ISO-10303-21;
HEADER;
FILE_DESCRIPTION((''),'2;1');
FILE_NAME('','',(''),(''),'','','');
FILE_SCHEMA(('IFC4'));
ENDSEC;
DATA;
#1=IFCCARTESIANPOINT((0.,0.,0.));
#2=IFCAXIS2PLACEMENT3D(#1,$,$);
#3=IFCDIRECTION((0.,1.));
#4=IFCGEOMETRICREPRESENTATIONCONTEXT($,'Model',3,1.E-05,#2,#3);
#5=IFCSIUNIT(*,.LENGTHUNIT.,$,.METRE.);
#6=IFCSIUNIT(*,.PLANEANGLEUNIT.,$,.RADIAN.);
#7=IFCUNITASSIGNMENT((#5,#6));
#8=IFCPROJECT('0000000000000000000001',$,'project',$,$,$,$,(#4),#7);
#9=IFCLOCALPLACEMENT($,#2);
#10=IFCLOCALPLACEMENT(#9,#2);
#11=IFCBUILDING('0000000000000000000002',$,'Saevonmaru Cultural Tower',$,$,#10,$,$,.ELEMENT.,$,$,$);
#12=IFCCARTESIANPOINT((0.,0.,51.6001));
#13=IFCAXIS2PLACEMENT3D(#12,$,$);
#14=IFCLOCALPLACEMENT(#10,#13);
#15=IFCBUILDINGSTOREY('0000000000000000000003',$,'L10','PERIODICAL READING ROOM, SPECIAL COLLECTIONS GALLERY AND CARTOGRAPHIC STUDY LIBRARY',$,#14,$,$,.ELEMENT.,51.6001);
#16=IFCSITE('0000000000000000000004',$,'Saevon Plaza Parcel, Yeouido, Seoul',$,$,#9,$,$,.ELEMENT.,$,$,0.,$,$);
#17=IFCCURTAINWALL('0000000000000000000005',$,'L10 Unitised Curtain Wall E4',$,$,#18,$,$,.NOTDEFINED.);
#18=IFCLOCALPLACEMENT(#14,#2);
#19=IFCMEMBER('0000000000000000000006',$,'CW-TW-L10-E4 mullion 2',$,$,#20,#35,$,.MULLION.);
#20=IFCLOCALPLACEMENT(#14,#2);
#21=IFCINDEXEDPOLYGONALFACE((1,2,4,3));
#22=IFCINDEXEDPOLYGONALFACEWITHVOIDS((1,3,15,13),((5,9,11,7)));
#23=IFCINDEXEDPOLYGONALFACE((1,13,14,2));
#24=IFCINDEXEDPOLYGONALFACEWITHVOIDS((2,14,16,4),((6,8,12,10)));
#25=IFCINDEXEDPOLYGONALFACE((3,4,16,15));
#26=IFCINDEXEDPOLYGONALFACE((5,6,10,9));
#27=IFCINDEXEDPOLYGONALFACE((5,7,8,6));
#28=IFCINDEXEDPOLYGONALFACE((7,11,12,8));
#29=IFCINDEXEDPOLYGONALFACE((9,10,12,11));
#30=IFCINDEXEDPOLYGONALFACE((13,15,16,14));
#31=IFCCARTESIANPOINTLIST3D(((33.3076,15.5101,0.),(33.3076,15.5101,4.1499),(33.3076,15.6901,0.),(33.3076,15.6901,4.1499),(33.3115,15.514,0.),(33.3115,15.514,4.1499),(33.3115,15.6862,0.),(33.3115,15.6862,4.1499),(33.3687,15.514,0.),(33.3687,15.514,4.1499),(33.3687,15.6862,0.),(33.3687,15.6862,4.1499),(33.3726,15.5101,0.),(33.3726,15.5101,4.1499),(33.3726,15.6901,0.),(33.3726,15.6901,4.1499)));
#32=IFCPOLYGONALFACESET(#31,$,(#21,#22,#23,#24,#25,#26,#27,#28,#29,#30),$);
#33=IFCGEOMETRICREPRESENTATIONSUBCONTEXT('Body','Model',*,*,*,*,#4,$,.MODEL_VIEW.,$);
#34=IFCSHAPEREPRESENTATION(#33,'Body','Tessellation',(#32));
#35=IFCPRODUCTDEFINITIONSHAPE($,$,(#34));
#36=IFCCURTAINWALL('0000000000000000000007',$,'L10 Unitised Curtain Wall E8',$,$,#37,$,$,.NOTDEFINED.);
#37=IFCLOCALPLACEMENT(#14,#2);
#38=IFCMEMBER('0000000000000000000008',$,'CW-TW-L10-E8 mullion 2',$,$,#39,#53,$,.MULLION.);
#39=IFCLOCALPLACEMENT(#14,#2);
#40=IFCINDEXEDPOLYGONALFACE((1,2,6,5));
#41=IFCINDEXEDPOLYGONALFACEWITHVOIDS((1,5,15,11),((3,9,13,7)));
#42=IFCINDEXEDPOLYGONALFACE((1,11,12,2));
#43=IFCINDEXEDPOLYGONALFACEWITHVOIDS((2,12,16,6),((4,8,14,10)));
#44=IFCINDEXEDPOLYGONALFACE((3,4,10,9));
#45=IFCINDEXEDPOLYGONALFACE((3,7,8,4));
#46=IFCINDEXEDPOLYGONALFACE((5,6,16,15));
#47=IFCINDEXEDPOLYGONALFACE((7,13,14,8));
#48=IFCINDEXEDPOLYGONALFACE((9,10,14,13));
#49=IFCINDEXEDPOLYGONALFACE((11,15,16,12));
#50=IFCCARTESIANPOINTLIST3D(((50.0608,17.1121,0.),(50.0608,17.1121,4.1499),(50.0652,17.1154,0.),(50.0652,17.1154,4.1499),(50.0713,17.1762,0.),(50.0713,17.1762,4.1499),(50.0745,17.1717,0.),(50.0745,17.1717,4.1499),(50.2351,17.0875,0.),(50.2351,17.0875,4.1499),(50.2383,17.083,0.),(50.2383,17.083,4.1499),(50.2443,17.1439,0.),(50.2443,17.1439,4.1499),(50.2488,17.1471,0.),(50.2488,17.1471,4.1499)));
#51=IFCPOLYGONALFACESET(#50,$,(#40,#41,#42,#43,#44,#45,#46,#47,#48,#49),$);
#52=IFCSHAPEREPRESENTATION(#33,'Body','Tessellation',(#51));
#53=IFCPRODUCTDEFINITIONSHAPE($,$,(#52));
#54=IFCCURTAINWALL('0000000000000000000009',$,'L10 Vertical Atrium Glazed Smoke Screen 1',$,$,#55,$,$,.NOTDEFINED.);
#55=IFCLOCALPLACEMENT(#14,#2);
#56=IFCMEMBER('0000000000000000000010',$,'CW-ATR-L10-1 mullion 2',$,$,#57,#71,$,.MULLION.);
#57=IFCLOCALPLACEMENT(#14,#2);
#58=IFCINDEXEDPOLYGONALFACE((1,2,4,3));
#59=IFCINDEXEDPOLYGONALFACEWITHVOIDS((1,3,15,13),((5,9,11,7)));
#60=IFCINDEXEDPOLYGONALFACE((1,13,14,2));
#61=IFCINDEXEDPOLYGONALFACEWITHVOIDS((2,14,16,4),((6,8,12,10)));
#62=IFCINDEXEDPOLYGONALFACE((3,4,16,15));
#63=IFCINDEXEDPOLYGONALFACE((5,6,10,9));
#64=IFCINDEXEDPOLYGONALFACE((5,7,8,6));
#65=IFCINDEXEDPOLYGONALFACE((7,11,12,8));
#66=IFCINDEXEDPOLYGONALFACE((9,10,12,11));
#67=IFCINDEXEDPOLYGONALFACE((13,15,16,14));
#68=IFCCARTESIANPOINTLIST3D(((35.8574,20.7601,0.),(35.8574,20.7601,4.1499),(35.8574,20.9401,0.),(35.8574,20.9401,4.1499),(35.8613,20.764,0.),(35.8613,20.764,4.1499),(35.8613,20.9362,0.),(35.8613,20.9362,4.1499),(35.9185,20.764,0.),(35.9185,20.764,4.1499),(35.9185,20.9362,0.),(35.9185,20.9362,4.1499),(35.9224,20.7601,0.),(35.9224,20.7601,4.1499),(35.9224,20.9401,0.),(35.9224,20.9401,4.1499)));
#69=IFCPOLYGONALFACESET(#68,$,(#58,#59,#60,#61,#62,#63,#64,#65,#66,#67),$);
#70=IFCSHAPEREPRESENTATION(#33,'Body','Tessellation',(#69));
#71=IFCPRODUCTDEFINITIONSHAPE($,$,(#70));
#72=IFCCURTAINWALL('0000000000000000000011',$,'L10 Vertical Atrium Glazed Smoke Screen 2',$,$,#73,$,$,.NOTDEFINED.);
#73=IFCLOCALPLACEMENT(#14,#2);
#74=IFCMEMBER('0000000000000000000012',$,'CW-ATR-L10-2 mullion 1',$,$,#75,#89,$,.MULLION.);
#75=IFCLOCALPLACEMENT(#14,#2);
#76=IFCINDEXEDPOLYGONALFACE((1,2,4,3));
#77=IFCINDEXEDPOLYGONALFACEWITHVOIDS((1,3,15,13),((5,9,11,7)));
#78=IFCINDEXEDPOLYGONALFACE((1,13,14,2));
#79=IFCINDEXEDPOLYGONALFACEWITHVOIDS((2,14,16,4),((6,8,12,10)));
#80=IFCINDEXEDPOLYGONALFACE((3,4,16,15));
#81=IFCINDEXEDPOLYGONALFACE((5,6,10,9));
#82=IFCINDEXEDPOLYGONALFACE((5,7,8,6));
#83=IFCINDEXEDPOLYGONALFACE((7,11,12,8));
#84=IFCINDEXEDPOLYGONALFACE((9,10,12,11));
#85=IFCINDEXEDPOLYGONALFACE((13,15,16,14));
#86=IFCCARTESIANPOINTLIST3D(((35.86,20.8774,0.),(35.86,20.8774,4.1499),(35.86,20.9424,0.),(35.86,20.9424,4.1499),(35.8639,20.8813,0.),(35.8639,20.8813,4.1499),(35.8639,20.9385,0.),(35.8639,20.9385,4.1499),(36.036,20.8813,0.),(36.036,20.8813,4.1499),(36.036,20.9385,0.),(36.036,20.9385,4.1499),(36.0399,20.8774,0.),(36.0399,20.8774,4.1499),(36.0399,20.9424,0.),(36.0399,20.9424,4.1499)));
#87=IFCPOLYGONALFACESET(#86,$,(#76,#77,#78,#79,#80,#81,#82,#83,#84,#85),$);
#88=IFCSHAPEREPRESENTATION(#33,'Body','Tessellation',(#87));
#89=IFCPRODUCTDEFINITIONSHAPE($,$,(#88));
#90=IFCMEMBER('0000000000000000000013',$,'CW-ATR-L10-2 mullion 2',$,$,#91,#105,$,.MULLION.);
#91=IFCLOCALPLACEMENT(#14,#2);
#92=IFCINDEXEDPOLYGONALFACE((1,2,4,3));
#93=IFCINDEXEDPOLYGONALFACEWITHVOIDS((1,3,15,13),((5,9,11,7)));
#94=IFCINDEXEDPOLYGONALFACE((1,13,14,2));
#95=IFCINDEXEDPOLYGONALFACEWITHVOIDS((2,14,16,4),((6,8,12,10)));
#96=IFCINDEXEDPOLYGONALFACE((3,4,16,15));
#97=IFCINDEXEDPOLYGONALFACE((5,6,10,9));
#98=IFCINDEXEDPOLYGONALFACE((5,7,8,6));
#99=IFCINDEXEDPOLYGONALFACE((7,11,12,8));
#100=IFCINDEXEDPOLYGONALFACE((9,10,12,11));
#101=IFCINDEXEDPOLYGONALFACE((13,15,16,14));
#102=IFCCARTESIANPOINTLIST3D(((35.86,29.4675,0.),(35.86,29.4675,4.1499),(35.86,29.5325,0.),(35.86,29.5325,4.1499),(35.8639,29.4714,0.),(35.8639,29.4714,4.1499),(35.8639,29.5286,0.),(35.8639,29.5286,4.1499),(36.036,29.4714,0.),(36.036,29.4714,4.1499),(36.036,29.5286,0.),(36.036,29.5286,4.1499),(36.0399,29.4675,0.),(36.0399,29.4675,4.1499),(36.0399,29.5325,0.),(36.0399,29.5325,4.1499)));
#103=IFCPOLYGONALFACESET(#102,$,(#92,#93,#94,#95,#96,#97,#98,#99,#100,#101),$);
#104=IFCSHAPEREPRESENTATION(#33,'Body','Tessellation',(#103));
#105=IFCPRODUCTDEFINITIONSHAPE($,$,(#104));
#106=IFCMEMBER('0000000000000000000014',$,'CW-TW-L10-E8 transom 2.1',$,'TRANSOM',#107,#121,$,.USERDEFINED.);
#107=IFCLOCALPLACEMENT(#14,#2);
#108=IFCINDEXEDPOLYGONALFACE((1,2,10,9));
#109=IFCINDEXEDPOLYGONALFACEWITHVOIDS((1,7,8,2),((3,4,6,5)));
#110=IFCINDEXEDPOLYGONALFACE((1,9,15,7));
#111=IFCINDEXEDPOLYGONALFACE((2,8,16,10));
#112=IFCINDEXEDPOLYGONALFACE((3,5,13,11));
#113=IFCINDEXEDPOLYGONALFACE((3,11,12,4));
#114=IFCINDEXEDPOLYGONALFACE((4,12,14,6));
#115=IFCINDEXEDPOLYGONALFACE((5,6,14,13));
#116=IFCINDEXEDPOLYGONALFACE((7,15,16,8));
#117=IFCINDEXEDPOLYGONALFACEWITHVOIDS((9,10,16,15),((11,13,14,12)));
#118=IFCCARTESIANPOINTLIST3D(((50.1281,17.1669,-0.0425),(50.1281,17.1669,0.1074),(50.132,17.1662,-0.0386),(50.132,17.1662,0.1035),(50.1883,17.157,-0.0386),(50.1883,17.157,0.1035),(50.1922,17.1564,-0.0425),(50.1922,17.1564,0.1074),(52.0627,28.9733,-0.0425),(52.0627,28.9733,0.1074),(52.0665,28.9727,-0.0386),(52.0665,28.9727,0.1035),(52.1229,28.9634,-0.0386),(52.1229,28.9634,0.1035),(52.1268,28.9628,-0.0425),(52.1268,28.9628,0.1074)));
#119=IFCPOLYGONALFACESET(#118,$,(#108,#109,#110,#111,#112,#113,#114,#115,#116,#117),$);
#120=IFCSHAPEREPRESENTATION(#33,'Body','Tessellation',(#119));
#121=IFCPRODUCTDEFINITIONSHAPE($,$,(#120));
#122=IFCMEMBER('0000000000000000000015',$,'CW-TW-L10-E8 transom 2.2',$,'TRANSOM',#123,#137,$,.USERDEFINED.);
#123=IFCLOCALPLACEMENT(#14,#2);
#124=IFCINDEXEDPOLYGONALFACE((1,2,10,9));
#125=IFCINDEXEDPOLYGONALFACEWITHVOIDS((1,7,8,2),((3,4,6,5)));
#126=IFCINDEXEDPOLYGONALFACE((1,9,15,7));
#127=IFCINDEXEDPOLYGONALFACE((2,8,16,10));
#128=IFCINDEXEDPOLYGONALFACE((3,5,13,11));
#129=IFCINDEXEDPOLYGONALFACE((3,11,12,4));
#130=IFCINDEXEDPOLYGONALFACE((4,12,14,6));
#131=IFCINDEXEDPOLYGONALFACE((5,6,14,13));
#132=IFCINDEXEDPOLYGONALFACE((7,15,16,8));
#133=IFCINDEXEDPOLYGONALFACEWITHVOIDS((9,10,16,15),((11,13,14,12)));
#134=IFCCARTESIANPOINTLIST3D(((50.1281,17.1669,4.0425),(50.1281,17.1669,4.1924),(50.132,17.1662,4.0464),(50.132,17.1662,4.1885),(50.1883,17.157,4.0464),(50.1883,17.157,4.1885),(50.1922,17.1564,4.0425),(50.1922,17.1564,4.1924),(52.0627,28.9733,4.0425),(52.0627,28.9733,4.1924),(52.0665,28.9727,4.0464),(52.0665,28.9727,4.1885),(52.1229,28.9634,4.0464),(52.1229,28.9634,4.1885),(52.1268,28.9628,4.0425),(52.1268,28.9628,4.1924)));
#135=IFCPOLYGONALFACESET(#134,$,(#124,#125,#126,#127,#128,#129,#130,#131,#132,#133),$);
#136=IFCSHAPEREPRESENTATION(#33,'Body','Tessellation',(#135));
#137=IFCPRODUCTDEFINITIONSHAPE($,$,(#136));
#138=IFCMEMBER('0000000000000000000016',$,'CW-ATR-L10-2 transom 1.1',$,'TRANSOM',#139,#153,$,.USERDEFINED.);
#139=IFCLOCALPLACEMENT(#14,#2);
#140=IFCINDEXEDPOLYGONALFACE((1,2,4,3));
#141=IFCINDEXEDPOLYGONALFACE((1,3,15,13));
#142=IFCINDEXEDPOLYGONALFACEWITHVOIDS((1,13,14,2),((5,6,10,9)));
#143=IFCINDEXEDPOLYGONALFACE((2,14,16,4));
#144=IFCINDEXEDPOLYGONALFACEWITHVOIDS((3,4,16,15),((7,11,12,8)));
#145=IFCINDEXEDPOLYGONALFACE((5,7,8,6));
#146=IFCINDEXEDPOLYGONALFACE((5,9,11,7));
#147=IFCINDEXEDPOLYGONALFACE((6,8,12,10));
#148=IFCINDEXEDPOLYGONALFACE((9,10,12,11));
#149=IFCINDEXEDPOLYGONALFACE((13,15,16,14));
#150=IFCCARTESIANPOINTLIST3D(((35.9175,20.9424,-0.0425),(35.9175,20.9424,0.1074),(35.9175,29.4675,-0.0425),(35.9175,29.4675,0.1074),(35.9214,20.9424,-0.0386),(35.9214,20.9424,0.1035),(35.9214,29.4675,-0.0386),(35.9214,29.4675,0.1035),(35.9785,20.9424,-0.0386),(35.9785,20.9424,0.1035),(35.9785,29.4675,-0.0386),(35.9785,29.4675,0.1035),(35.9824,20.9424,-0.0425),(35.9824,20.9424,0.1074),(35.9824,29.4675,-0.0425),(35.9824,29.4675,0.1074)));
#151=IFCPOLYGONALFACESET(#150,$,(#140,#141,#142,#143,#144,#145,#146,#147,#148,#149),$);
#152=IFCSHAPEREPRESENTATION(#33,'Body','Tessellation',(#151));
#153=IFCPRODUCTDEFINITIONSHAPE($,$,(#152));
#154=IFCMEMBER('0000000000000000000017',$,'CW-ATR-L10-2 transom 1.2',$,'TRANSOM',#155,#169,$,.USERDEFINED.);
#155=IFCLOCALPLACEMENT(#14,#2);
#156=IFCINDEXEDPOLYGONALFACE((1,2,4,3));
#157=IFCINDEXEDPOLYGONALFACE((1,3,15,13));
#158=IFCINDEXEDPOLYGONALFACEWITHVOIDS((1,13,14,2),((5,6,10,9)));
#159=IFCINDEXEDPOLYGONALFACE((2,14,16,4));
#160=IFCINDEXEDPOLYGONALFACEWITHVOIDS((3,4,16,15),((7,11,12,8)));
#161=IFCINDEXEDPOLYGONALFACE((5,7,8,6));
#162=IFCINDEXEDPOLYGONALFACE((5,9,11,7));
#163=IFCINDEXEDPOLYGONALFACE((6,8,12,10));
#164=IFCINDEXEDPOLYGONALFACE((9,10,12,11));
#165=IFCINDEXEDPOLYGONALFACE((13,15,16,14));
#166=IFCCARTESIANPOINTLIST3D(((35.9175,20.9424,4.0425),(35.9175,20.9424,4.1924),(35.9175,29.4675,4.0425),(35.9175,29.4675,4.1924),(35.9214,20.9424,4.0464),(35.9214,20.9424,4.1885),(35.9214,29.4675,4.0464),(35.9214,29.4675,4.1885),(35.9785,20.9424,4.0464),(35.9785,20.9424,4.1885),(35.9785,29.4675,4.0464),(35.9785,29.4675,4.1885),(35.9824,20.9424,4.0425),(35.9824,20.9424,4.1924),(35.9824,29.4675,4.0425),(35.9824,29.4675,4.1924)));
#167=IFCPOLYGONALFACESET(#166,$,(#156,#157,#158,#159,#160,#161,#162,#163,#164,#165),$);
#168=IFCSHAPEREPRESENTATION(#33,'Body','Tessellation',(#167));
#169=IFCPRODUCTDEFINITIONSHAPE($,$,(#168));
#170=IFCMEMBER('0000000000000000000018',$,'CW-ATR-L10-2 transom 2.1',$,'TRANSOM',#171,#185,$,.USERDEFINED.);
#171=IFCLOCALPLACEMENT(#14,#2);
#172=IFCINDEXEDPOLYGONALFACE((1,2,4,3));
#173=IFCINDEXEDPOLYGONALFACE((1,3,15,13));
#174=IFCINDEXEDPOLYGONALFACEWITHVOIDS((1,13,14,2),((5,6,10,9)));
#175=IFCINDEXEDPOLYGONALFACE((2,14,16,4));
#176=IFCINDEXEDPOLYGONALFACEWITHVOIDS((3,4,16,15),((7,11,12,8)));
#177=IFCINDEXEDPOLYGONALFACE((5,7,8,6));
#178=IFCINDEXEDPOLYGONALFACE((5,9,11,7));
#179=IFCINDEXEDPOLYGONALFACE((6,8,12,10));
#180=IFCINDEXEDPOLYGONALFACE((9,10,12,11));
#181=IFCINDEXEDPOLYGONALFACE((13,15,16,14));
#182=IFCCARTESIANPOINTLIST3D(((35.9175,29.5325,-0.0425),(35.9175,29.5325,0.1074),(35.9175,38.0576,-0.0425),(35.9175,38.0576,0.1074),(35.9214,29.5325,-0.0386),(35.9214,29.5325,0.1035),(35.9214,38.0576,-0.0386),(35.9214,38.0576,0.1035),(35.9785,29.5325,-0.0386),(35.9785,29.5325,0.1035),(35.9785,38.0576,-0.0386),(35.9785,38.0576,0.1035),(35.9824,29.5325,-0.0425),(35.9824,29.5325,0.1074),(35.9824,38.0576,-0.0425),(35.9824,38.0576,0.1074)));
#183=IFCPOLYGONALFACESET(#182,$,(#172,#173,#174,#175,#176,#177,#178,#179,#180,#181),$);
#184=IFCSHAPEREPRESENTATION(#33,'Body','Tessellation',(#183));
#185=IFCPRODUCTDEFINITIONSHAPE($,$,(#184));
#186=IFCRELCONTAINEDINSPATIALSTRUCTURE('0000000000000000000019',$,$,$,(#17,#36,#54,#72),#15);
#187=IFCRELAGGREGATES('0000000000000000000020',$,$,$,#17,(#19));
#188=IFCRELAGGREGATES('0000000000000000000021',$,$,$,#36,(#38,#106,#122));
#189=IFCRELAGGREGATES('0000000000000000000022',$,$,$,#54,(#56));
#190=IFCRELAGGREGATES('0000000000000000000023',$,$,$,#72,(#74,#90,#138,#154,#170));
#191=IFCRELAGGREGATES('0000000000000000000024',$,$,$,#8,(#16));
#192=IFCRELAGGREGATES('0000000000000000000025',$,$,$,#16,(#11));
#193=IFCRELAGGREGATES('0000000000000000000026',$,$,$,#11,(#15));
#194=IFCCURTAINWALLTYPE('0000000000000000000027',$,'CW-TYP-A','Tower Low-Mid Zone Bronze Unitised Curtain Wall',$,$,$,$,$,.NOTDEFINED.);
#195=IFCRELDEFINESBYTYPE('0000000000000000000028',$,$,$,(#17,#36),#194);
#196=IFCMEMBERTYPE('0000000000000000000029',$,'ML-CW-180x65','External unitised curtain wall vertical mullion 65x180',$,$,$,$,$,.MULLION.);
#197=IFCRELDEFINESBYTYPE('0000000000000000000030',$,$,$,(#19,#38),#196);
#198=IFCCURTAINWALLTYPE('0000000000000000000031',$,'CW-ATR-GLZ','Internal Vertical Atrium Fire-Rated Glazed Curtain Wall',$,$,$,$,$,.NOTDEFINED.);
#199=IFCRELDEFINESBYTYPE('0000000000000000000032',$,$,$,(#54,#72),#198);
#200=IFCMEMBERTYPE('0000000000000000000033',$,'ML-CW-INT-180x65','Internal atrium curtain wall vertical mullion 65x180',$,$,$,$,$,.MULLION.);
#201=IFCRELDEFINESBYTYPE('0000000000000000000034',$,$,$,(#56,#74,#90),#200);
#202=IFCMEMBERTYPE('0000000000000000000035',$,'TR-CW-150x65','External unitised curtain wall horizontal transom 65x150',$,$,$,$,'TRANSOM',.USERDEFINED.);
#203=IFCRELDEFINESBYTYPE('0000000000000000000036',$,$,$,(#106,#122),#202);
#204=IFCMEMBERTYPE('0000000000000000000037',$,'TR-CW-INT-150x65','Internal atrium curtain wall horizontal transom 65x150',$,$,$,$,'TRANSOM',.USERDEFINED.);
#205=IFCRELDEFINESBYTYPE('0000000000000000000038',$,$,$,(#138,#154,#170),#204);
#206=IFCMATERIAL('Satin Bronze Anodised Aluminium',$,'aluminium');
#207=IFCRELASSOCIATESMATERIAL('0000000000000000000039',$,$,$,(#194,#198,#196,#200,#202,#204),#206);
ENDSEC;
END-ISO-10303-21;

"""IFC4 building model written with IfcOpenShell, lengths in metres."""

from ifc_helpers import new_model, si_unit, direction, frame, origin, origin_2d, place, context, subcontext, project, spatial, hollow_rectangle, extrude, material, material_profile, profile_set, type_object, element, aggregate, save


model = new_model("IFC4")

# Units and contexts
model_context = context("Model", 3, precision=1e-05, world=origin(), true_north=direction((0.0, 1.0)))
body_context = subcontext(model_context, "Body", "Model", "MODEL_VIEW")
ifc_project = project(units=[si_unit("LENGTHUNIT", "METRE"), si_unit("PLANEANGLEUNIT", "RADIAN")], contexts=[model_context])

# Site, building, storey
site_placement = place(None, origin())
site = spatial("IfcSite", under=ifc_project, at=site_placement, Name="Saevon Plaza Parcel, Yeouido, Seoul", CompositionType="ELEMENT", RefElevation=0.0)
building_placement = place(site_placement, origin())
building = spatial("IfcBuilding", under=site, at=building_placement, Name="Saevonmaru Cultural Tower", CompositionType="ELEMENT")
storey_placement = place(building_placement, frame((0.0, 0.0, 51.6001)))
storey = spatial("IfcBuildingStorey", under=building, at=storey_placement, Name="L10", Description="PERIODICAL READING ROOM, SPECIAL COLLECTIONS GALLERY AND CARTOGRAPHIC STUDY LIBRARY", CompositionType="ELEMENT", Elevation=51.6001)

# Curtain walls, members
ifc_material_1 = material(Name="Satin Bronze Anodised Aluminium", Category="aluminium")
curtain_wall_type_1 = type_object("IfcCurtainWallType", Name="CW-TYP-A", Description="Tower Low-Mid Zone Bronze Unitised Curtain Wall", PredefinedType="NOTDEFINED", material=ifc_material_1)
curtain_wall_1_placement = place(storey_placement, origin())
curtain_wall_1 = element("IfcCurtainWall", 1, at=curtain_wall_1_placement, inside=storey, type_object=curtain_wall_type_1, Name="L10 Unitised Curtain Wall E4", PredefinedType="NOTDEFINED")
ifc_material_profile_1 = material_profile(ifc_material_1, hollow_rectangle(XDim=0.0649, YDim=0.1799, WallThickness=0.0039, at=origin_2d()), Name="ALU-MULL-180x65x4")
ifc_profile_set_1 = profile_set([ifc_material_profile_1], Name="Satin Bronze Anodised Aluminium")
member_type_1 = type_object("IfcMemberType", Name="ML-CW-180x65", Description="External unitised curtain wall vertical mullion 65x180", PredefinedType="MULLION", material=ifc_profile_set_1)
member_1_placement = place(storey_placement, frame((33.3401, 15.6001, 0.0), z_axis=(0.0, 0.0, 1.0), x_axis=(1.0, 0.0, 0.0)))
member_1 = element("IfcMember", 2, at=member_1_placement, type_object=member_type_1, Name="CW-TW-L10-E4 mullion 2", PredefinedType="MULLION", context=body_context, shape_type="SweptSolid", body=[
    extrude(hollow_rectangle(XDim=0.0649, YDim=0.1799, WallThickness=0.0039, at=origin_2d()), origin(), (0.0, 0.0, 1.0), 4.1499),
])
aggregate(curtain_wall_1, [member_1])
curtain_wall_2_placement = place(storey_placement, origin())
curtain_wall_2 = element("IfcCurtainWall", 3, at=curtain_wall_2_placement, inside=storey, type_object=curtain_wall_type_1, Name="L10 Unitised Curtain Wall E8", PredefinedType="NOTDEFINED")
member_2_placement = place(storey_placement, frame((50.1548, 17.1296, 0.0), z_axis=(0.0, 0.0, 1.0), x_axis=(0.161709, 0.986839, 0.0)))
member_2 = element("IfcMember", 4, at=member_2_placement, type_object=member_type_1, Name="CW-TW-L10-E8 mullion 2", PredefinedType="MULLION", context=body_context, shape_type="SweptSolid", body=[
    extrude(hollow_rectangle(XDim=0.0649, YDim=0.1799, WallThickness=0.0039, at=origin_2d()), origin(), (0.0, 0.0, 1.0), 4.1499),
])
curtain_wall_type_2 = type_object("IfcCurtainWallType", Name="CW-ATR-GLZ", Description="Internal Vertical Atrium Fire-Rated Glazed Curtain Wall", PredefinedType="NOTDEFINED", material=ifc_material_1)
curtain_wall_3_placement = place(storey_placement, origin())
curtain_wall_3 = element("IfcCurtainWall", 5, at=curtain_wall_3_placement, inside=storey, type_object=curtain_wall_type_2, Name="L10 Vertical Atrium Glazed Smoke Screen 1", PredefinedType="NOTDEFINED")
ifc_material_profile_2 = material_profile(ifc_material_1, hollow_rectangle(XDim=0.0649, YDim=0.1799, WallThickness=0.0039, at=origin_2d()), Name="ALU-MULL-180x65x4")
ifc_profile_set_2 = profile_set([ifc_material_profile_2], Name="Satin Bronze Anodised Aluminium")
member_type_2 = type_object("IfcMemberType", Name="ML-CW-INT-180x65", Description="Internal atrium curtain wall vertical mullion 65x180", PredefinedType="MULLION", material=ifc_profile_set_2)
member_3_placement = place(storey_placement, frame((35.8899, 20.8501, 0.0), z_axis=(0.0, 0.0, 1.0), x_axis=(1.0, 0.0, 0.0)))
member_3 = element("IfcMember", 6, at=member_3_placement, type_object=member_type_2, Name="CW-ATR-L10-1 mullion 2", PredefinedType="MULLION", context=body_context, shape_type="SweptSolid", body=[
    extrude(hollow_rectangle(XDim=0.0649, YDim=0.1799, WallThickness=0.0039, at=origin_2d()), origin(), (0.0, 0.0, 1.0), 4.1499),
])

# Curtain wall, members
curtain_wall_4_placement = place(storey_placement, origin())
curtain_wall_4 = element("IfcCurtainWall", 7, at=curtain_wall_4_placement, inside=storey, type_object=curtain_wall_type_2, Name="L10 Vertical Atrium Glazed Smoke Screen 2", PredefinedType="NOTDEFINED")
member_4_placement = place(storey_placement, frame((35.95, 20.9099, 0.0), z_axis=(0.0, 0.0, 1.0), x_axis=(0.0, 1.0, 0.0)))
member_4 = element("IfcMember", 8, at=member_4_placement, type_object=member_type_2, Name="CW-ATR-L10-2 mullion 1", PredefinedType="MULLION", context=body_context, shape_type="SweptSolid", body=[
    extrude(hollow_rectangle(XDim=0.0649, YDim=0.1799, WallThickness=0.0039, at=origin_2d()), origin(), (0.0, 0.0, 1.0), 4.1499),
])
member_5_placement = place(storey_placement, frame((35.95, 29.5, 0.0), z_axis=(0.0, 0.0, 1.0), x_axis=(0.0, 1.0, 0.0)))
member_5 = element("IfcMember", 9, at=member_5_placement, type_object=member_type_2, Name="CW-ATR-L10-2 mullion 2", PredefinedType="MULLION", context=body_context, shape_type="SweptSolid", body=[
    extrude(hollow_rectangle(XDim=0.0649, YDim=0.1799, WallThickness=0.0039, at=origin_2d()), origin(), (0.0, 0.0, 1.0), 4.1499),
])

# Members
ifc_material_profile_3 = material_profile(ifc_material_1, hollow_rectangle(XDim=0.0649, YDim=0.1499, WallThickness=0.0039, at=origin_2d()), Name="ALU-TRAN-150x65x4")
ifc_profile_set_3 = profile_set([ifc_material_profile_3], Name="Satin Bronze Anodised Aluminium")
member_type_3 = type_object("IfcMemberType", Name="TR-CW-150x65", Description="External unitised curtain wall horizontal transom 65x150", ElementType="TRANSOM", PredefinedType="USERDEFINED", material=ifc_profile_set_3)
member_6_placement = place(storey_placement, frame((50.1602, 17.1616, 0.0325), z_axis=(0.161701, 0.98684, 0.0), x_axis=(-0.98684, 0.161701, 0.0)))
member_6 = element("IfcMember", 10, at=member_6_placement, type_object=member_type_3, Name="CW-TW-L10-E8 transom 2.1", ObjectType="TRANSOM", PredefinedType="USERDEFINED", context=body_context, shape_type="SweptSolid", body=[
    extrude(hollow_rectangle(XDim=0.0649, YDim=0.1499, WallThickness=0.0039, at=origin_2d()), origin(), (0.0, 0.0, 1.0), 11.9639),
])
member_7_placement = place(storey_placement, frame((50.1602, 17.1616, 4.1174), z_axis=(0.161701, 0.98684, 0.0), x_axis=(-0.98684, 0.161701, 0.0)))
member_7 = element("IfcMember", 11, at=member_7_placement, type_object=member_type_3, Name="CW-TW-L10-E8 transom 2.2", ObjectType="TRANSOM", PredefinedType="USERDEFINED", context=body_context, shape_type="SweptSolid", body=[
    extrude(hollow_rectangle(XDim=0.0649, YDim=0.1499, WallThickness=0.0039, at=origin_2d()), origin(), (0.0, 0.0, 1.0), 11.9639),
])
aggregate(curtain_wall_2, [member_2, member_6, member_7])
ifc_material_profile_4 = material_profile(ifc_material_1, hollow_rectangle(XDim=0.0649, YDim=0.1499, WallThickness=0.0039, at=origin_2d()), Name="ALU-TRAN-150x65x4")
ifc_profile_set_4 = profile_set([ifc_material_profile_4], Name="Satin Bronze Anodised Aluminium")
member_type_4 = type_object("IfcMemberType", Name="TR-CW-INT-150x65", Description="Internal atrium curtain wall horizontal transom 65x150", ElementType="TRANSOM", PredefinedType="USERDEFINED", material=ifc_profile_set_4)
member_8_placement = place(storey_placement, frame((35.95, 20.9424, 0.0325), z_axis=(0.0, 1.0, 0.0), x_axis=(-1.0, 0.0, 0.0)))
member_8 = element("IfcMember", 12, at=member_8_placement, type_object=member_type_4, Name="CW-ATR-L10-2 transom 1.1", ObjectType="TRANSOM", PredefinedType="USERDEFINED", context=body_context, shape_type="SweptSolid", body=[
    extrude(hollow_rectangle(XDim=0.0649, YDim=0.1499, WallThickness=0.0039, at=origin_2d()), origin(), (0.0, 0.0, 1.0), 8.5251),
])
member_9_placement = place(storey_placement, frame((35.95, 20.9424, 4.1174), z_axis=(0.0, 1.0, 0.0), x_axis=(-1.0, 0.0, 0.0)))
member_9 = element("IfcMember", 13, at=member_9_placement, type_object=member_type_4, Name="CW-ATR-L10-2 transom 1.2", ObjectType="TRANSOM", PredefinedType="USERDEFINED", context=body_context, shape_type="SweptSolid", body=[
    extrude(hollow_rectangle(XDim=0.0649, YDim=0.1499, WallThickness=0.0039, at=origin_2d()), origin(), (0.0, 0.0, 1.0), 8.5251),
])
member_10_placement = place(storey_placement, frame((35.95, 29.5325, 0.0325), z_axis=(0.0, 1.0, 0.0), x_axis=(-1.0, 0.0, 0.0)))
member_10 = element("IfcMember", 14, at=member_10_placement, type_object=member_type_4, Name="CW-ATR-L10-2 transom 2.1", ObjectType="TRANSOM", PredefinedType="USERDEFINED", context=body_context, shape_type="SweptSolid", body=[
    extrude(hollow_rectangle(XDim=0.0649, YDim=0.1499, WallThickness=0.0039, at=origin_2d()), origin(), (0.0, 0.0, 1.0), 8.5251),
])

aggregate(curtain_wall_3, [member_3])
aggregate(curtain_wall_4, [member_4, member_5, member_8, member_9, member_10])

save(model, "model.ifc")
